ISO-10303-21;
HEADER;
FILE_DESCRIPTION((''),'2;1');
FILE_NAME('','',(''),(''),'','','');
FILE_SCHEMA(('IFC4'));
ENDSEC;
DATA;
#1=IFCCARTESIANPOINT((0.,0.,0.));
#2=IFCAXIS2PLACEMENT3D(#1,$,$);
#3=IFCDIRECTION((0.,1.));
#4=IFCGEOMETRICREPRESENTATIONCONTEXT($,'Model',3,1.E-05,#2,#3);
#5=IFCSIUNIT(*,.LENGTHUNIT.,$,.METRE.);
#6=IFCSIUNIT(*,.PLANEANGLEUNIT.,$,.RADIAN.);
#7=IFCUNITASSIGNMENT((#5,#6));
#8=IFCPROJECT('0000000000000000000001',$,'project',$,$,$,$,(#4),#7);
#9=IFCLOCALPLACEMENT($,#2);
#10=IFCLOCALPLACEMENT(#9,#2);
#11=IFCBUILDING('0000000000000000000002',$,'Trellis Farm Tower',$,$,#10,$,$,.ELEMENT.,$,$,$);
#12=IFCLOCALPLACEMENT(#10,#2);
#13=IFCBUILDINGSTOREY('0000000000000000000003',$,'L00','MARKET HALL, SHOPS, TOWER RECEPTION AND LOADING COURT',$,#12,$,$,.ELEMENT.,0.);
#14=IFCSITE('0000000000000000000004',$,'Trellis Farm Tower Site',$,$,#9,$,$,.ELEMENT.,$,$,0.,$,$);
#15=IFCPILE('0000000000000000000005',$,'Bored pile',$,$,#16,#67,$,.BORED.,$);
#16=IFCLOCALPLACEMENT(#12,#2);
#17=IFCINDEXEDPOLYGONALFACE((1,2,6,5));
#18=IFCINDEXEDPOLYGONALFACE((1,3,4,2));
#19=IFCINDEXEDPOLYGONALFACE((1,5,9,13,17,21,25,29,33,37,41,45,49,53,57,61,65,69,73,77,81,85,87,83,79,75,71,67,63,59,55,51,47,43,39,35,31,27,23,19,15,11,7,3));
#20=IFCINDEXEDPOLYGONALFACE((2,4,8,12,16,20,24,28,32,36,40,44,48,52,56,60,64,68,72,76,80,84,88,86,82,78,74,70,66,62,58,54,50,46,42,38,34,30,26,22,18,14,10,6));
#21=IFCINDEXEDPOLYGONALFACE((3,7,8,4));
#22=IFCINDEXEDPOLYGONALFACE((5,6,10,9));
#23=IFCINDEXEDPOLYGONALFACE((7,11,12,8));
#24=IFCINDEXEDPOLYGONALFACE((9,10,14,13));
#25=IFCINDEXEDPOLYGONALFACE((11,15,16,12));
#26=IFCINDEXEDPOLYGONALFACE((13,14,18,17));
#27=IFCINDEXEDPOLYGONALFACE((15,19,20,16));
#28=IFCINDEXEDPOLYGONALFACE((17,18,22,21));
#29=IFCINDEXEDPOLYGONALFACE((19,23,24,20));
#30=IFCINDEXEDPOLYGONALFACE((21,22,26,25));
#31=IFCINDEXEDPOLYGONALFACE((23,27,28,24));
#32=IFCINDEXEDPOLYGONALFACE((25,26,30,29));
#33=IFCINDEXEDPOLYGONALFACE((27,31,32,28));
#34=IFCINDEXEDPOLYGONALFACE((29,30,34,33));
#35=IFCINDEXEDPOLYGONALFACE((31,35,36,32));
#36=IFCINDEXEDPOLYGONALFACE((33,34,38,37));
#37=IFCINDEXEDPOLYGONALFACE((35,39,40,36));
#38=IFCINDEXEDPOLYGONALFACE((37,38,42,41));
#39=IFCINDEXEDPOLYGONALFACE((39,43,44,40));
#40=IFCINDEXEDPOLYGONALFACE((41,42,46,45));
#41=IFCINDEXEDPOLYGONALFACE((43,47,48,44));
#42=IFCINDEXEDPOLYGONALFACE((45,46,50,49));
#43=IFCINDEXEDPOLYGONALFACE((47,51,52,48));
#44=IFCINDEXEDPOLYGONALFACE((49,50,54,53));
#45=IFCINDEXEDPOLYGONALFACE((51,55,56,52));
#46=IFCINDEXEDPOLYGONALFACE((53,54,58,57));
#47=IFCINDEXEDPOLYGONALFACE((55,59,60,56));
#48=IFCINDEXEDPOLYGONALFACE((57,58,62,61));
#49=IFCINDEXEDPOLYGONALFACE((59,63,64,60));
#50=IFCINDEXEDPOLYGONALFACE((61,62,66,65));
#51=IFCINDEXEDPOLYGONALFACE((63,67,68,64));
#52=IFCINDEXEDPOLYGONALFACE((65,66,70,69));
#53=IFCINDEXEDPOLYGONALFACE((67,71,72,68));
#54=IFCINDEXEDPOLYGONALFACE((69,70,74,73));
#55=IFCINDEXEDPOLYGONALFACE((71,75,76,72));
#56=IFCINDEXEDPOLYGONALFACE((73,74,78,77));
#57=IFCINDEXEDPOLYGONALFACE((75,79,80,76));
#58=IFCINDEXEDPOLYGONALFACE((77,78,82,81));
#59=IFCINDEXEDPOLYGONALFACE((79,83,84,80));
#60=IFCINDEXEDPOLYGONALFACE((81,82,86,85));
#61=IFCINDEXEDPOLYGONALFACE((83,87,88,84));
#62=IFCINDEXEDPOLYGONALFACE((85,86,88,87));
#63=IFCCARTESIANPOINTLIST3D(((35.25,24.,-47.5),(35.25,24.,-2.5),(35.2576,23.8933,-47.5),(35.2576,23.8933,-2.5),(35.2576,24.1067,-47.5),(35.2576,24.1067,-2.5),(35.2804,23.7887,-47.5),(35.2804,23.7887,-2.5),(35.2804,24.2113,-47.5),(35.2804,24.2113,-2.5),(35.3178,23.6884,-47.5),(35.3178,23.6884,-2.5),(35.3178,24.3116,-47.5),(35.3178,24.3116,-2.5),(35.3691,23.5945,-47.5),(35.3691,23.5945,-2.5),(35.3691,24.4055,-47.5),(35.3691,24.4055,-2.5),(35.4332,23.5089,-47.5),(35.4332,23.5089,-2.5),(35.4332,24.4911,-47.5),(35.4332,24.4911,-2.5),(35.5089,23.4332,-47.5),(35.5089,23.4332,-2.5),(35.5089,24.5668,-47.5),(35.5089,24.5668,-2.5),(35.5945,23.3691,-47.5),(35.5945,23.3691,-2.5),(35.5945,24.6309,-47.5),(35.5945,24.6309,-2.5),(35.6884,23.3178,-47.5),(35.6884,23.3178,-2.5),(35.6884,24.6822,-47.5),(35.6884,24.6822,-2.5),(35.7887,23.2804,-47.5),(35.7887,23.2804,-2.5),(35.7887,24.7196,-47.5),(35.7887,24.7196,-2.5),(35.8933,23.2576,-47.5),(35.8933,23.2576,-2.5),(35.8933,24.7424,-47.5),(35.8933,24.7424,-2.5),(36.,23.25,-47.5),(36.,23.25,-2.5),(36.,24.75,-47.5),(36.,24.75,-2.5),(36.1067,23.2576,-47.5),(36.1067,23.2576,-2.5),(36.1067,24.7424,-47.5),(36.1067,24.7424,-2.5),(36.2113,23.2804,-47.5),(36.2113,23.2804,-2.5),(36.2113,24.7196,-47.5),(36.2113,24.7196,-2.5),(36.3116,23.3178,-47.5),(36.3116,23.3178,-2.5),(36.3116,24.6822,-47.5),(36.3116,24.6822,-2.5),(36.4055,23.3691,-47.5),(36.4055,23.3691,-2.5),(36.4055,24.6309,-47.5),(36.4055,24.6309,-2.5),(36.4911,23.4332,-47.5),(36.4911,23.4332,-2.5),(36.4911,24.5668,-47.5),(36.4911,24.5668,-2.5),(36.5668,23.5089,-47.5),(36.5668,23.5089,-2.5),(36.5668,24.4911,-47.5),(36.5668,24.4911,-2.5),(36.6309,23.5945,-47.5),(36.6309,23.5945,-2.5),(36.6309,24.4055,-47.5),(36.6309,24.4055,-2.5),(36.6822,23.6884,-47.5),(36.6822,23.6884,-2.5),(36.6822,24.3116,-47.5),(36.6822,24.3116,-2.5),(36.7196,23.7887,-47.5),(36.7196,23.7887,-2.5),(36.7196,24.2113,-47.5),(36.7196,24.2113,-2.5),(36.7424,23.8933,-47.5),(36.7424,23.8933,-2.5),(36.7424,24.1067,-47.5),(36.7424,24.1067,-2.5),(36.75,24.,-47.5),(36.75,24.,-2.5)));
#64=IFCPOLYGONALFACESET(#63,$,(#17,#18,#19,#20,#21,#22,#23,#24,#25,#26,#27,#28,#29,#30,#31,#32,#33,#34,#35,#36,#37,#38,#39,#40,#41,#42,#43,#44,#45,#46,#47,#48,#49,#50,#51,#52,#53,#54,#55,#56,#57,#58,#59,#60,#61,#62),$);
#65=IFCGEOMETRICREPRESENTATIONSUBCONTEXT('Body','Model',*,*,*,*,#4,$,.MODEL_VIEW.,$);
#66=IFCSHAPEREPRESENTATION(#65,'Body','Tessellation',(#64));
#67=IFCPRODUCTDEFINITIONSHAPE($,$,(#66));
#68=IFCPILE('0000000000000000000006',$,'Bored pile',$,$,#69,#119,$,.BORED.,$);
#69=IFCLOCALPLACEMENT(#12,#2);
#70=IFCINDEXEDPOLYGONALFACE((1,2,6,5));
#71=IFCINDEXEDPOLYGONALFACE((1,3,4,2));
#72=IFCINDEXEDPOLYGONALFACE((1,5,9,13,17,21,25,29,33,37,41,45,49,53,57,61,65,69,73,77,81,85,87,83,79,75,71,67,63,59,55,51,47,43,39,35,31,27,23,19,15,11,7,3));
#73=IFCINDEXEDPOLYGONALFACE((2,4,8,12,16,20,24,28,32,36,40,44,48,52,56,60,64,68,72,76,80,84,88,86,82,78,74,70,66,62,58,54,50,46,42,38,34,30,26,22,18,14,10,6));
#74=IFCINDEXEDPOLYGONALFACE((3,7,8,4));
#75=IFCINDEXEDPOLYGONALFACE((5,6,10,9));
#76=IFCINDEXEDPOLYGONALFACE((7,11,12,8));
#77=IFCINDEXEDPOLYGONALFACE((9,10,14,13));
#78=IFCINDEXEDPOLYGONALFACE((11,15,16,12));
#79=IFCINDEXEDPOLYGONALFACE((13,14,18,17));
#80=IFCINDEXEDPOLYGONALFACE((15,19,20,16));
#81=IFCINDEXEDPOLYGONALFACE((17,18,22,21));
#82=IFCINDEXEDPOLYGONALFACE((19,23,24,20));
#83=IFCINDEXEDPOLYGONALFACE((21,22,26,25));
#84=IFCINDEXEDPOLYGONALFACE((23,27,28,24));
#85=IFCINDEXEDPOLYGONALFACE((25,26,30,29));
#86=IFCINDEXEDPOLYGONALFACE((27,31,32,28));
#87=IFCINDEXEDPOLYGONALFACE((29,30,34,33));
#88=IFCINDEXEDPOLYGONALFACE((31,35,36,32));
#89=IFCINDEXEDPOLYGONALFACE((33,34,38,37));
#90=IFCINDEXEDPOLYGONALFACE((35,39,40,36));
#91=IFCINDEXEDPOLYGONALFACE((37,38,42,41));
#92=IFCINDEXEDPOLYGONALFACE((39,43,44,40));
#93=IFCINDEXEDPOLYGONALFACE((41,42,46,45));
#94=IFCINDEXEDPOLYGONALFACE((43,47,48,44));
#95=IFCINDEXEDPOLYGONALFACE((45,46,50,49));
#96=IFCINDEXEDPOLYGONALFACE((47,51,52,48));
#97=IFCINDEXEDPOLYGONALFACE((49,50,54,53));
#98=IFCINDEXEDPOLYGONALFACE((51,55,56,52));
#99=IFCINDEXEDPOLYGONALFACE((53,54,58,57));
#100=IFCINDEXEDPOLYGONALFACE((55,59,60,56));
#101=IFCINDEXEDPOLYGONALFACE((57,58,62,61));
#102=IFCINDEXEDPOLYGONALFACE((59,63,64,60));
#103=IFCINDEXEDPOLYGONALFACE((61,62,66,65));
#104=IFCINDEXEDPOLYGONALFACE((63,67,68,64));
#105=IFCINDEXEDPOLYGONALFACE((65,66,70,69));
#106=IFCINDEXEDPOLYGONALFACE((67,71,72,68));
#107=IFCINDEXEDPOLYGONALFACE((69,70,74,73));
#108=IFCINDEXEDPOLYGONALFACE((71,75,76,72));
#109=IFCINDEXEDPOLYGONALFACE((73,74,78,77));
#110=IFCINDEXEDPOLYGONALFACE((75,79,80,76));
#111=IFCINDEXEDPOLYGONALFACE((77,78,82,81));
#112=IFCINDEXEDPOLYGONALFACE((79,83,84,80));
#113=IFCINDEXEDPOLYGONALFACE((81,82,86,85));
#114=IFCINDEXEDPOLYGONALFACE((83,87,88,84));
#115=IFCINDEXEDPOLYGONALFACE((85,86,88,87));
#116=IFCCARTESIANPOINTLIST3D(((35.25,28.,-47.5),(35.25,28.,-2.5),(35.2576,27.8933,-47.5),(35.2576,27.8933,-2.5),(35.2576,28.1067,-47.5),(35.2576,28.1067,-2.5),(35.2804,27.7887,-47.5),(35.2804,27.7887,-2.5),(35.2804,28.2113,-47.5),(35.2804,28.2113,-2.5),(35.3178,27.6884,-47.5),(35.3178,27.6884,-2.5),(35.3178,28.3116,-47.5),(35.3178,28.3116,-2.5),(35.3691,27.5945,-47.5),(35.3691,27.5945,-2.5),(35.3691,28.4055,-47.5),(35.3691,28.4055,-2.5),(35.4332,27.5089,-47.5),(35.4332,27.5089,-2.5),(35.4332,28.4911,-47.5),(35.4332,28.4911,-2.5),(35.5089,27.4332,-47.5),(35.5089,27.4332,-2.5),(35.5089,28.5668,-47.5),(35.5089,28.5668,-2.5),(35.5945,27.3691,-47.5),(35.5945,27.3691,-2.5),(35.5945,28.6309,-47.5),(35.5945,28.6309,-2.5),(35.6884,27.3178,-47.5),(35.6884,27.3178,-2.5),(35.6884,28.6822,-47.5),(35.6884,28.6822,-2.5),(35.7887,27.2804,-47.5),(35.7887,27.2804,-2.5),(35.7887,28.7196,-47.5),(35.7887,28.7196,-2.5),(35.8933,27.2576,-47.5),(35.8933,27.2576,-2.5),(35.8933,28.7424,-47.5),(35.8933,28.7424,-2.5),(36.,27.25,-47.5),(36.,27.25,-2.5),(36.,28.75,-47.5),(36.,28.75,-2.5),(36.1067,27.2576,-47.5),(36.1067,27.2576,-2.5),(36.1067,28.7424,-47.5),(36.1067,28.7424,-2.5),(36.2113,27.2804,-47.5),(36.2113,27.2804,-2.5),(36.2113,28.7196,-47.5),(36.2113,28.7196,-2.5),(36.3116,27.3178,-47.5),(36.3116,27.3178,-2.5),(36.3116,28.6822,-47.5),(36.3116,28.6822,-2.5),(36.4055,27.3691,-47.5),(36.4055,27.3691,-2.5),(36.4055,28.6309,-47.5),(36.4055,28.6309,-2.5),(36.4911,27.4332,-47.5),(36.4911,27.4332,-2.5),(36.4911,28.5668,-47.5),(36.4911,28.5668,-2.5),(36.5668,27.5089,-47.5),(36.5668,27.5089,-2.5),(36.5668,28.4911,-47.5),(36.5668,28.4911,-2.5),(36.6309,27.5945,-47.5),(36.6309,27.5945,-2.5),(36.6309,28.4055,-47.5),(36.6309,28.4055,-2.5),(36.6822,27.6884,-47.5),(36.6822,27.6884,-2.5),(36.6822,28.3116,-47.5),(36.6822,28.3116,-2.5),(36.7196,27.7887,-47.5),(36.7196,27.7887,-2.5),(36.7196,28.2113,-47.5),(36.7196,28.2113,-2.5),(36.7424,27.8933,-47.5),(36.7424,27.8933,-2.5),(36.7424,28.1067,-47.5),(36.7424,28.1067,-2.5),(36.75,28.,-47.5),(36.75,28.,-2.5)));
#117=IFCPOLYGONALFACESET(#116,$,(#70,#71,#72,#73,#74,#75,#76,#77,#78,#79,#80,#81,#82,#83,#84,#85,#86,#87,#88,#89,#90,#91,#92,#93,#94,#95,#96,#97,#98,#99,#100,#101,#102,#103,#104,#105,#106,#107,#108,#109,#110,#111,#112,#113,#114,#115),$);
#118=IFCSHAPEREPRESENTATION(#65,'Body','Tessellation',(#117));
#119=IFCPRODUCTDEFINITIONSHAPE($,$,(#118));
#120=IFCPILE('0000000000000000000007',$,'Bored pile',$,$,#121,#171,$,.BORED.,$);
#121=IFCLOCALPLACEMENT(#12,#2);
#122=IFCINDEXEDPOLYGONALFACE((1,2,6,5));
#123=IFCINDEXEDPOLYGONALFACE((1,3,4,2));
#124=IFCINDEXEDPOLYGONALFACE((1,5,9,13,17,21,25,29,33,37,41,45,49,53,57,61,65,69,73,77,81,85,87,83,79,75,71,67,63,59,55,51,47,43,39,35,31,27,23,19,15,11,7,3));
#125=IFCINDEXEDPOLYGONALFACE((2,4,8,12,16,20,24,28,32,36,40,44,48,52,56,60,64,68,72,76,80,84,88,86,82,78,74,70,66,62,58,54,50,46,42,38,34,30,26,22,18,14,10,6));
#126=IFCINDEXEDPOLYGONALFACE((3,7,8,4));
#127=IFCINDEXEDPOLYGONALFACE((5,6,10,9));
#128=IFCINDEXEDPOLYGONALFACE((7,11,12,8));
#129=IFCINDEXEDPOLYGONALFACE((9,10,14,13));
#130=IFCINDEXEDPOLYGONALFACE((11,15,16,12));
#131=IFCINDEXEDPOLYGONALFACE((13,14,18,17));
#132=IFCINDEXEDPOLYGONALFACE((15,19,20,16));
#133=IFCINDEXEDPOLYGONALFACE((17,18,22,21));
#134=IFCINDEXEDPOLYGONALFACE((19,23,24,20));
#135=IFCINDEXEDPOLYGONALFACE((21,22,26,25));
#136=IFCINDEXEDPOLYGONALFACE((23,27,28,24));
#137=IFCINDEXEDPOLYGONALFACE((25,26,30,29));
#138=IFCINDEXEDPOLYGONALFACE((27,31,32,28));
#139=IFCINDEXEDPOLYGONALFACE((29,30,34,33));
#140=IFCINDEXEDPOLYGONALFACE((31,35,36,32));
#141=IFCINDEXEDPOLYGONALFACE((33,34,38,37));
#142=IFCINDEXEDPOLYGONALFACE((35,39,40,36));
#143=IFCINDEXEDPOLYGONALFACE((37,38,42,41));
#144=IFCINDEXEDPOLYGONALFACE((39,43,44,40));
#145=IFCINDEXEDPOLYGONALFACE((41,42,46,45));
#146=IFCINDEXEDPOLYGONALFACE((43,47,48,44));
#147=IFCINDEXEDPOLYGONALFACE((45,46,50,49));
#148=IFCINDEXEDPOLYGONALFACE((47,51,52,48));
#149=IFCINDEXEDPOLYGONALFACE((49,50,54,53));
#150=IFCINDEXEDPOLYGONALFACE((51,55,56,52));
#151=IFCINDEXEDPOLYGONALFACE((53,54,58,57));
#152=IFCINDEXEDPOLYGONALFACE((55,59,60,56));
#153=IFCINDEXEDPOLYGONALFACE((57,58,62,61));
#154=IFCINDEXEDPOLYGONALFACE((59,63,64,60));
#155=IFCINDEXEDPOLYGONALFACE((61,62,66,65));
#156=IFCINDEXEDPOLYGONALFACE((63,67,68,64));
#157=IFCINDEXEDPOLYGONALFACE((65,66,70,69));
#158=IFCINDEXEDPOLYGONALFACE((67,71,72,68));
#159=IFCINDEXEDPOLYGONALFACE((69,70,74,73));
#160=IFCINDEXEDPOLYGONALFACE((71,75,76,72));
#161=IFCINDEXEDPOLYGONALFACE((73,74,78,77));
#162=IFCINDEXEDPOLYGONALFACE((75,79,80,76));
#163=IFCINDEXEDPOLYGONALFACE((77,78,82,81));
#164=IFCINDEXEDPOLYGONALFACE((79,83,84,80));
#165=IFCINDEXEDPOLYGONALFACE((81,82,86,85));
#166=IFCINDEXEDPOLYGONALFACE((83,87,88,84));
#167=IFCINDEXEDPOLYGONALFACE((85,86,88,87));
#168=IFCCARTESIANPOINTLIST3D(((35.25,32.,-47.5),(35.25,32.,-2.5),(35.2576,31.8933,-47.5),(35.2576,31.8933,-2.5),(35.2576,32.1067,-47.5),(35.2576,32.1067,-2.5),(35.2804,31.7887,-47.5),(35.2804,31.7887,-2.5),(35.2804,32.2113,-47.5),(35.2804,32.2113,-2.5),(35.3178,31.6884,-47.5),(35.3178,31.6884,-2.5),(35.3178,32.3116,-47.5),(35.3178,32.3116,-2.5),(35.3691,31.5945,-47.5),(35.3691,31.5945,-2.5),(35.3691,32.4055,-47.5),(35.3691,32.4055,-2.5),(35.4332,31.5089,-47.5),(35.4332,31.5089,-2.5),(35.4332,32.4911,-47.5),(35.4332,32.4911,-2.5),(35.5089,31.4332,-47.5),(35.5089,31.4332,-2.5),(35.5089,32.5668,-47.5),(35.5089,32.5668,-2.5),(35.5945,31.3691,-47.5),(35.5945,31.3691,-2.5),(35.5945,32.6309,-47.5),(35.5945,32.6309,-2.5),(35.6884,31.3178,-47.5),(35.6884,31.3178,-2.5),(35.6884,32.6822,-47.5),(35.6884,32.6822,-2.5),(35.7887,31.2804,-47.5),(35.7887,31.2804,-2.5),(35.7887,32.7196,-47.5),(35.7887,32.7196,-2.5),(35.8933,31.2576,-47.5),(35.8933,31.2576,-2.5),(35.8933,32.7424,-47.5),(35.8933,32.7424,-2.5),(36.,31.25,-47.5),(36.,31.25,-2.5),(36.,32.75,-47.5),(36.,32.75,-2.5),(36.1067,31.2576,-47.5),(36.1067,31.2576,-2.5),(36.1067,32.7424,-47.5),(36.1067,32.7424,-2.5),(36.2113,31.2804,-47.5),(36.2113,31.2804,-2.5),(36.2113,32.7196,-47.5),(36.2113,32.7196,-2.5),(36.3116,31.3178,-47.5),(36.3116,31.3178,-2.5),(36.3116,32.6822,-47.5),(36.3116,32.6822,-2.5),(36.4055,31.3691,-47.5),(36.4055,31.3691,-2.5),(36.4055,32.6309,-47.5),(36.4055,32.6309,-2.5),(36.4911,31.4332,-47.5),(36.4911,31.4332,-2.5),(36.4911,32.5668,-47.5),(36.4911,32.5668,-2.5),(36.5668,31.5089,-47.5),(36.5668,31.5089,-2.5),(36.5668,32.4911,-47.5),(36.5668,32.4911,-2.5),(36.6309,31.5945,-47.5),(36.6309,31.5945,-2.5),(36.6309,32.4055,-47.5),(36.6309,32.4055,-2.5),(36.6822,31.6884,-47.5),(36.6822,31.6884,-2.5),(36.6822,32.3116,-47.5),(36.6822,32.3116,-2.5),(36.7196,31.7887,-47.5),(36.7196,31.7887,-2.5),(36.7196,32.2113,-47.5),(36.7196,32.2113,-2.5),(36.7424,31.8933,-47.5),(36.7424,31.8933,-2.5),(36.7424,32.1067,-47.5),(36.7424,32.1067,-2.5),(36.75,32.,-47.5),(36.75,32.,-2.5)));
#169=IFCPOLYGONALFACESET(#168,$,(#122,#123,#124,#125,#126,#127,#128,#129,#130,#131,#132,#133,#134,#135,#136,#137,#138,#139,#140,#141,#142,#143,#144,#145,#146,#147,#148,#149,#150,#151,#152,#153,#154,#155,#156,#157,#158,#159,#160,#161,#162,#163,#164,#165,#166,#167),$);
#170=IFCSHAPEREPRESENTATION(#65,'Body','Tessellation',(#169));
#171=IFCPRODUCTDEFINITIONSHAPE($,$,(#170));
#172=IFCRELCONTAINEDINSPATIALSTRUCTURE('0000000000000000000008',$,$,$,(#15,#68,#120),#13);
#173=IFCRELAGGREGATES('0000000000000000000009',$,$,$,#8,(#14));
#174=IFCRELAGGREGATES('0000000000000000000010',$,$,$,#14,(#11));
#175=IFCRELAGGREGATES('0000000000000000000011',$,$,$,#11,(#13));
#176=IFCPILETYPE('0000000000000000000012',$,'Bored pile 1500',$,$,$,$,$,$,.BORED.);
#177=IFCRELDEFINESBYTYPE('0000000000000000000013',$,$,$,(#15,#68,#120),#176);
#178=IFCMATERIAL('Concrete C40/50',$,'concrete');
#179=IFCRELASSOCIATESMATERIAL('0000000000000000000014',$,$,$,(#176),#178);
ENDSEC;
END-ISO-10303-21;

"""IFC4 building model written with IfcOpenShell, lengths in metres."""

from ifc_helpers import new_model, si_unit, direction, frame, origin, origin_2d, place, context, subcontext, project, spatial, circle, extrude, source, transform, mapped, material, material_profile, profile_set, type_object, element, save


model = new_model("IFC4")

# Units and contexts
model_context = context("Model", 3, precision=1e-05, world=origin(), true_north=direction((0.0, 1.0)))
body_context = subcontext(model_context, "Body", "Model", "MODEL_VIEW")
ifc_project = project(units=[si_unit("LENGTHUNIT", "METRE"), si_unit("PLANEANGLEUNIT", "RADIAN")], contexts=[model_context])

# Site, building, storey
site_placement = place(None, origin())
site = spatial("IfcSite", under=ifc_project, at=site_placement, Name="Trellis Farm Tower Site", CompositionType="ELEMENT", RefElevation=0.0)
building_placement = place(site_placement, origin())
building = spatial("IfcBuilding", under=site, at=building_placement, Name="Trellis Farm Tower", CompositionType="ELEMENT")
storey_placement = place(building_placement, origin())
storey = spatial("IfcBuildingStorey", under=building, at=storey_placement, Name="L00", Description="MARKET HALL, SHOPS, TOWER RECEPTION AND LOADING COURT", CompositionType="ELEMENT", Elevation=0.0)

# Piles
ifc_material_1 = material(Name="Concrete C40/50", Category="concrete")
ifc_material_profile_1 = material_profile(ifc_material_1, circle(Radius=0.75, at=origin_2d()), Name="Bored pile 1500")
ifc_profile_set_1 = profile_set([ifc_material_profile_1], Name="Concrete C40/50")
pile_type = type_object("IfcPileType", Name="Bored pile 1500", PredefinedType="BORED", material=ifc_profile_set_1)
shared_shape_1 = source(origin(), body_context, "Body", "SweptSolid", [
    extrude(circle(Radius=0.75, at=origin_2d()), origin(), (0.0, 0.0, 1.0), 45.0),
])
for number, where, z_axis, x_axis, name in (
    (1, (36.0, 24.0, -2.5), (0.0, 0.0, -1.0), (1.0, 0.0, 0.0), "Bored pile"),
    (2, (36.0, 28.0, -2.5), (0.0, 0.0, -1.0), (1.0, 0.0, 0.0), "Bored pile"),
    (3, (36.0, 32.0, -2.5), (0.0, 0.0, -1.0), (1.0, 0.0, 0.0), "Bored pile"),
):
    element("IfcPile", number, at=place(storey_placement, frame(where, z_axis=z_axis, x_axis=x_axis)), inside=storey, type_object=pile_type, Name=name, PredefinedType="BORED", context=body_context, shape_type="MappedRepresentation", body=[
        mapped(shared_shape_1, transform((0.0, 0.0, 0.0))),
    ])

save(model, "model.ifc")
